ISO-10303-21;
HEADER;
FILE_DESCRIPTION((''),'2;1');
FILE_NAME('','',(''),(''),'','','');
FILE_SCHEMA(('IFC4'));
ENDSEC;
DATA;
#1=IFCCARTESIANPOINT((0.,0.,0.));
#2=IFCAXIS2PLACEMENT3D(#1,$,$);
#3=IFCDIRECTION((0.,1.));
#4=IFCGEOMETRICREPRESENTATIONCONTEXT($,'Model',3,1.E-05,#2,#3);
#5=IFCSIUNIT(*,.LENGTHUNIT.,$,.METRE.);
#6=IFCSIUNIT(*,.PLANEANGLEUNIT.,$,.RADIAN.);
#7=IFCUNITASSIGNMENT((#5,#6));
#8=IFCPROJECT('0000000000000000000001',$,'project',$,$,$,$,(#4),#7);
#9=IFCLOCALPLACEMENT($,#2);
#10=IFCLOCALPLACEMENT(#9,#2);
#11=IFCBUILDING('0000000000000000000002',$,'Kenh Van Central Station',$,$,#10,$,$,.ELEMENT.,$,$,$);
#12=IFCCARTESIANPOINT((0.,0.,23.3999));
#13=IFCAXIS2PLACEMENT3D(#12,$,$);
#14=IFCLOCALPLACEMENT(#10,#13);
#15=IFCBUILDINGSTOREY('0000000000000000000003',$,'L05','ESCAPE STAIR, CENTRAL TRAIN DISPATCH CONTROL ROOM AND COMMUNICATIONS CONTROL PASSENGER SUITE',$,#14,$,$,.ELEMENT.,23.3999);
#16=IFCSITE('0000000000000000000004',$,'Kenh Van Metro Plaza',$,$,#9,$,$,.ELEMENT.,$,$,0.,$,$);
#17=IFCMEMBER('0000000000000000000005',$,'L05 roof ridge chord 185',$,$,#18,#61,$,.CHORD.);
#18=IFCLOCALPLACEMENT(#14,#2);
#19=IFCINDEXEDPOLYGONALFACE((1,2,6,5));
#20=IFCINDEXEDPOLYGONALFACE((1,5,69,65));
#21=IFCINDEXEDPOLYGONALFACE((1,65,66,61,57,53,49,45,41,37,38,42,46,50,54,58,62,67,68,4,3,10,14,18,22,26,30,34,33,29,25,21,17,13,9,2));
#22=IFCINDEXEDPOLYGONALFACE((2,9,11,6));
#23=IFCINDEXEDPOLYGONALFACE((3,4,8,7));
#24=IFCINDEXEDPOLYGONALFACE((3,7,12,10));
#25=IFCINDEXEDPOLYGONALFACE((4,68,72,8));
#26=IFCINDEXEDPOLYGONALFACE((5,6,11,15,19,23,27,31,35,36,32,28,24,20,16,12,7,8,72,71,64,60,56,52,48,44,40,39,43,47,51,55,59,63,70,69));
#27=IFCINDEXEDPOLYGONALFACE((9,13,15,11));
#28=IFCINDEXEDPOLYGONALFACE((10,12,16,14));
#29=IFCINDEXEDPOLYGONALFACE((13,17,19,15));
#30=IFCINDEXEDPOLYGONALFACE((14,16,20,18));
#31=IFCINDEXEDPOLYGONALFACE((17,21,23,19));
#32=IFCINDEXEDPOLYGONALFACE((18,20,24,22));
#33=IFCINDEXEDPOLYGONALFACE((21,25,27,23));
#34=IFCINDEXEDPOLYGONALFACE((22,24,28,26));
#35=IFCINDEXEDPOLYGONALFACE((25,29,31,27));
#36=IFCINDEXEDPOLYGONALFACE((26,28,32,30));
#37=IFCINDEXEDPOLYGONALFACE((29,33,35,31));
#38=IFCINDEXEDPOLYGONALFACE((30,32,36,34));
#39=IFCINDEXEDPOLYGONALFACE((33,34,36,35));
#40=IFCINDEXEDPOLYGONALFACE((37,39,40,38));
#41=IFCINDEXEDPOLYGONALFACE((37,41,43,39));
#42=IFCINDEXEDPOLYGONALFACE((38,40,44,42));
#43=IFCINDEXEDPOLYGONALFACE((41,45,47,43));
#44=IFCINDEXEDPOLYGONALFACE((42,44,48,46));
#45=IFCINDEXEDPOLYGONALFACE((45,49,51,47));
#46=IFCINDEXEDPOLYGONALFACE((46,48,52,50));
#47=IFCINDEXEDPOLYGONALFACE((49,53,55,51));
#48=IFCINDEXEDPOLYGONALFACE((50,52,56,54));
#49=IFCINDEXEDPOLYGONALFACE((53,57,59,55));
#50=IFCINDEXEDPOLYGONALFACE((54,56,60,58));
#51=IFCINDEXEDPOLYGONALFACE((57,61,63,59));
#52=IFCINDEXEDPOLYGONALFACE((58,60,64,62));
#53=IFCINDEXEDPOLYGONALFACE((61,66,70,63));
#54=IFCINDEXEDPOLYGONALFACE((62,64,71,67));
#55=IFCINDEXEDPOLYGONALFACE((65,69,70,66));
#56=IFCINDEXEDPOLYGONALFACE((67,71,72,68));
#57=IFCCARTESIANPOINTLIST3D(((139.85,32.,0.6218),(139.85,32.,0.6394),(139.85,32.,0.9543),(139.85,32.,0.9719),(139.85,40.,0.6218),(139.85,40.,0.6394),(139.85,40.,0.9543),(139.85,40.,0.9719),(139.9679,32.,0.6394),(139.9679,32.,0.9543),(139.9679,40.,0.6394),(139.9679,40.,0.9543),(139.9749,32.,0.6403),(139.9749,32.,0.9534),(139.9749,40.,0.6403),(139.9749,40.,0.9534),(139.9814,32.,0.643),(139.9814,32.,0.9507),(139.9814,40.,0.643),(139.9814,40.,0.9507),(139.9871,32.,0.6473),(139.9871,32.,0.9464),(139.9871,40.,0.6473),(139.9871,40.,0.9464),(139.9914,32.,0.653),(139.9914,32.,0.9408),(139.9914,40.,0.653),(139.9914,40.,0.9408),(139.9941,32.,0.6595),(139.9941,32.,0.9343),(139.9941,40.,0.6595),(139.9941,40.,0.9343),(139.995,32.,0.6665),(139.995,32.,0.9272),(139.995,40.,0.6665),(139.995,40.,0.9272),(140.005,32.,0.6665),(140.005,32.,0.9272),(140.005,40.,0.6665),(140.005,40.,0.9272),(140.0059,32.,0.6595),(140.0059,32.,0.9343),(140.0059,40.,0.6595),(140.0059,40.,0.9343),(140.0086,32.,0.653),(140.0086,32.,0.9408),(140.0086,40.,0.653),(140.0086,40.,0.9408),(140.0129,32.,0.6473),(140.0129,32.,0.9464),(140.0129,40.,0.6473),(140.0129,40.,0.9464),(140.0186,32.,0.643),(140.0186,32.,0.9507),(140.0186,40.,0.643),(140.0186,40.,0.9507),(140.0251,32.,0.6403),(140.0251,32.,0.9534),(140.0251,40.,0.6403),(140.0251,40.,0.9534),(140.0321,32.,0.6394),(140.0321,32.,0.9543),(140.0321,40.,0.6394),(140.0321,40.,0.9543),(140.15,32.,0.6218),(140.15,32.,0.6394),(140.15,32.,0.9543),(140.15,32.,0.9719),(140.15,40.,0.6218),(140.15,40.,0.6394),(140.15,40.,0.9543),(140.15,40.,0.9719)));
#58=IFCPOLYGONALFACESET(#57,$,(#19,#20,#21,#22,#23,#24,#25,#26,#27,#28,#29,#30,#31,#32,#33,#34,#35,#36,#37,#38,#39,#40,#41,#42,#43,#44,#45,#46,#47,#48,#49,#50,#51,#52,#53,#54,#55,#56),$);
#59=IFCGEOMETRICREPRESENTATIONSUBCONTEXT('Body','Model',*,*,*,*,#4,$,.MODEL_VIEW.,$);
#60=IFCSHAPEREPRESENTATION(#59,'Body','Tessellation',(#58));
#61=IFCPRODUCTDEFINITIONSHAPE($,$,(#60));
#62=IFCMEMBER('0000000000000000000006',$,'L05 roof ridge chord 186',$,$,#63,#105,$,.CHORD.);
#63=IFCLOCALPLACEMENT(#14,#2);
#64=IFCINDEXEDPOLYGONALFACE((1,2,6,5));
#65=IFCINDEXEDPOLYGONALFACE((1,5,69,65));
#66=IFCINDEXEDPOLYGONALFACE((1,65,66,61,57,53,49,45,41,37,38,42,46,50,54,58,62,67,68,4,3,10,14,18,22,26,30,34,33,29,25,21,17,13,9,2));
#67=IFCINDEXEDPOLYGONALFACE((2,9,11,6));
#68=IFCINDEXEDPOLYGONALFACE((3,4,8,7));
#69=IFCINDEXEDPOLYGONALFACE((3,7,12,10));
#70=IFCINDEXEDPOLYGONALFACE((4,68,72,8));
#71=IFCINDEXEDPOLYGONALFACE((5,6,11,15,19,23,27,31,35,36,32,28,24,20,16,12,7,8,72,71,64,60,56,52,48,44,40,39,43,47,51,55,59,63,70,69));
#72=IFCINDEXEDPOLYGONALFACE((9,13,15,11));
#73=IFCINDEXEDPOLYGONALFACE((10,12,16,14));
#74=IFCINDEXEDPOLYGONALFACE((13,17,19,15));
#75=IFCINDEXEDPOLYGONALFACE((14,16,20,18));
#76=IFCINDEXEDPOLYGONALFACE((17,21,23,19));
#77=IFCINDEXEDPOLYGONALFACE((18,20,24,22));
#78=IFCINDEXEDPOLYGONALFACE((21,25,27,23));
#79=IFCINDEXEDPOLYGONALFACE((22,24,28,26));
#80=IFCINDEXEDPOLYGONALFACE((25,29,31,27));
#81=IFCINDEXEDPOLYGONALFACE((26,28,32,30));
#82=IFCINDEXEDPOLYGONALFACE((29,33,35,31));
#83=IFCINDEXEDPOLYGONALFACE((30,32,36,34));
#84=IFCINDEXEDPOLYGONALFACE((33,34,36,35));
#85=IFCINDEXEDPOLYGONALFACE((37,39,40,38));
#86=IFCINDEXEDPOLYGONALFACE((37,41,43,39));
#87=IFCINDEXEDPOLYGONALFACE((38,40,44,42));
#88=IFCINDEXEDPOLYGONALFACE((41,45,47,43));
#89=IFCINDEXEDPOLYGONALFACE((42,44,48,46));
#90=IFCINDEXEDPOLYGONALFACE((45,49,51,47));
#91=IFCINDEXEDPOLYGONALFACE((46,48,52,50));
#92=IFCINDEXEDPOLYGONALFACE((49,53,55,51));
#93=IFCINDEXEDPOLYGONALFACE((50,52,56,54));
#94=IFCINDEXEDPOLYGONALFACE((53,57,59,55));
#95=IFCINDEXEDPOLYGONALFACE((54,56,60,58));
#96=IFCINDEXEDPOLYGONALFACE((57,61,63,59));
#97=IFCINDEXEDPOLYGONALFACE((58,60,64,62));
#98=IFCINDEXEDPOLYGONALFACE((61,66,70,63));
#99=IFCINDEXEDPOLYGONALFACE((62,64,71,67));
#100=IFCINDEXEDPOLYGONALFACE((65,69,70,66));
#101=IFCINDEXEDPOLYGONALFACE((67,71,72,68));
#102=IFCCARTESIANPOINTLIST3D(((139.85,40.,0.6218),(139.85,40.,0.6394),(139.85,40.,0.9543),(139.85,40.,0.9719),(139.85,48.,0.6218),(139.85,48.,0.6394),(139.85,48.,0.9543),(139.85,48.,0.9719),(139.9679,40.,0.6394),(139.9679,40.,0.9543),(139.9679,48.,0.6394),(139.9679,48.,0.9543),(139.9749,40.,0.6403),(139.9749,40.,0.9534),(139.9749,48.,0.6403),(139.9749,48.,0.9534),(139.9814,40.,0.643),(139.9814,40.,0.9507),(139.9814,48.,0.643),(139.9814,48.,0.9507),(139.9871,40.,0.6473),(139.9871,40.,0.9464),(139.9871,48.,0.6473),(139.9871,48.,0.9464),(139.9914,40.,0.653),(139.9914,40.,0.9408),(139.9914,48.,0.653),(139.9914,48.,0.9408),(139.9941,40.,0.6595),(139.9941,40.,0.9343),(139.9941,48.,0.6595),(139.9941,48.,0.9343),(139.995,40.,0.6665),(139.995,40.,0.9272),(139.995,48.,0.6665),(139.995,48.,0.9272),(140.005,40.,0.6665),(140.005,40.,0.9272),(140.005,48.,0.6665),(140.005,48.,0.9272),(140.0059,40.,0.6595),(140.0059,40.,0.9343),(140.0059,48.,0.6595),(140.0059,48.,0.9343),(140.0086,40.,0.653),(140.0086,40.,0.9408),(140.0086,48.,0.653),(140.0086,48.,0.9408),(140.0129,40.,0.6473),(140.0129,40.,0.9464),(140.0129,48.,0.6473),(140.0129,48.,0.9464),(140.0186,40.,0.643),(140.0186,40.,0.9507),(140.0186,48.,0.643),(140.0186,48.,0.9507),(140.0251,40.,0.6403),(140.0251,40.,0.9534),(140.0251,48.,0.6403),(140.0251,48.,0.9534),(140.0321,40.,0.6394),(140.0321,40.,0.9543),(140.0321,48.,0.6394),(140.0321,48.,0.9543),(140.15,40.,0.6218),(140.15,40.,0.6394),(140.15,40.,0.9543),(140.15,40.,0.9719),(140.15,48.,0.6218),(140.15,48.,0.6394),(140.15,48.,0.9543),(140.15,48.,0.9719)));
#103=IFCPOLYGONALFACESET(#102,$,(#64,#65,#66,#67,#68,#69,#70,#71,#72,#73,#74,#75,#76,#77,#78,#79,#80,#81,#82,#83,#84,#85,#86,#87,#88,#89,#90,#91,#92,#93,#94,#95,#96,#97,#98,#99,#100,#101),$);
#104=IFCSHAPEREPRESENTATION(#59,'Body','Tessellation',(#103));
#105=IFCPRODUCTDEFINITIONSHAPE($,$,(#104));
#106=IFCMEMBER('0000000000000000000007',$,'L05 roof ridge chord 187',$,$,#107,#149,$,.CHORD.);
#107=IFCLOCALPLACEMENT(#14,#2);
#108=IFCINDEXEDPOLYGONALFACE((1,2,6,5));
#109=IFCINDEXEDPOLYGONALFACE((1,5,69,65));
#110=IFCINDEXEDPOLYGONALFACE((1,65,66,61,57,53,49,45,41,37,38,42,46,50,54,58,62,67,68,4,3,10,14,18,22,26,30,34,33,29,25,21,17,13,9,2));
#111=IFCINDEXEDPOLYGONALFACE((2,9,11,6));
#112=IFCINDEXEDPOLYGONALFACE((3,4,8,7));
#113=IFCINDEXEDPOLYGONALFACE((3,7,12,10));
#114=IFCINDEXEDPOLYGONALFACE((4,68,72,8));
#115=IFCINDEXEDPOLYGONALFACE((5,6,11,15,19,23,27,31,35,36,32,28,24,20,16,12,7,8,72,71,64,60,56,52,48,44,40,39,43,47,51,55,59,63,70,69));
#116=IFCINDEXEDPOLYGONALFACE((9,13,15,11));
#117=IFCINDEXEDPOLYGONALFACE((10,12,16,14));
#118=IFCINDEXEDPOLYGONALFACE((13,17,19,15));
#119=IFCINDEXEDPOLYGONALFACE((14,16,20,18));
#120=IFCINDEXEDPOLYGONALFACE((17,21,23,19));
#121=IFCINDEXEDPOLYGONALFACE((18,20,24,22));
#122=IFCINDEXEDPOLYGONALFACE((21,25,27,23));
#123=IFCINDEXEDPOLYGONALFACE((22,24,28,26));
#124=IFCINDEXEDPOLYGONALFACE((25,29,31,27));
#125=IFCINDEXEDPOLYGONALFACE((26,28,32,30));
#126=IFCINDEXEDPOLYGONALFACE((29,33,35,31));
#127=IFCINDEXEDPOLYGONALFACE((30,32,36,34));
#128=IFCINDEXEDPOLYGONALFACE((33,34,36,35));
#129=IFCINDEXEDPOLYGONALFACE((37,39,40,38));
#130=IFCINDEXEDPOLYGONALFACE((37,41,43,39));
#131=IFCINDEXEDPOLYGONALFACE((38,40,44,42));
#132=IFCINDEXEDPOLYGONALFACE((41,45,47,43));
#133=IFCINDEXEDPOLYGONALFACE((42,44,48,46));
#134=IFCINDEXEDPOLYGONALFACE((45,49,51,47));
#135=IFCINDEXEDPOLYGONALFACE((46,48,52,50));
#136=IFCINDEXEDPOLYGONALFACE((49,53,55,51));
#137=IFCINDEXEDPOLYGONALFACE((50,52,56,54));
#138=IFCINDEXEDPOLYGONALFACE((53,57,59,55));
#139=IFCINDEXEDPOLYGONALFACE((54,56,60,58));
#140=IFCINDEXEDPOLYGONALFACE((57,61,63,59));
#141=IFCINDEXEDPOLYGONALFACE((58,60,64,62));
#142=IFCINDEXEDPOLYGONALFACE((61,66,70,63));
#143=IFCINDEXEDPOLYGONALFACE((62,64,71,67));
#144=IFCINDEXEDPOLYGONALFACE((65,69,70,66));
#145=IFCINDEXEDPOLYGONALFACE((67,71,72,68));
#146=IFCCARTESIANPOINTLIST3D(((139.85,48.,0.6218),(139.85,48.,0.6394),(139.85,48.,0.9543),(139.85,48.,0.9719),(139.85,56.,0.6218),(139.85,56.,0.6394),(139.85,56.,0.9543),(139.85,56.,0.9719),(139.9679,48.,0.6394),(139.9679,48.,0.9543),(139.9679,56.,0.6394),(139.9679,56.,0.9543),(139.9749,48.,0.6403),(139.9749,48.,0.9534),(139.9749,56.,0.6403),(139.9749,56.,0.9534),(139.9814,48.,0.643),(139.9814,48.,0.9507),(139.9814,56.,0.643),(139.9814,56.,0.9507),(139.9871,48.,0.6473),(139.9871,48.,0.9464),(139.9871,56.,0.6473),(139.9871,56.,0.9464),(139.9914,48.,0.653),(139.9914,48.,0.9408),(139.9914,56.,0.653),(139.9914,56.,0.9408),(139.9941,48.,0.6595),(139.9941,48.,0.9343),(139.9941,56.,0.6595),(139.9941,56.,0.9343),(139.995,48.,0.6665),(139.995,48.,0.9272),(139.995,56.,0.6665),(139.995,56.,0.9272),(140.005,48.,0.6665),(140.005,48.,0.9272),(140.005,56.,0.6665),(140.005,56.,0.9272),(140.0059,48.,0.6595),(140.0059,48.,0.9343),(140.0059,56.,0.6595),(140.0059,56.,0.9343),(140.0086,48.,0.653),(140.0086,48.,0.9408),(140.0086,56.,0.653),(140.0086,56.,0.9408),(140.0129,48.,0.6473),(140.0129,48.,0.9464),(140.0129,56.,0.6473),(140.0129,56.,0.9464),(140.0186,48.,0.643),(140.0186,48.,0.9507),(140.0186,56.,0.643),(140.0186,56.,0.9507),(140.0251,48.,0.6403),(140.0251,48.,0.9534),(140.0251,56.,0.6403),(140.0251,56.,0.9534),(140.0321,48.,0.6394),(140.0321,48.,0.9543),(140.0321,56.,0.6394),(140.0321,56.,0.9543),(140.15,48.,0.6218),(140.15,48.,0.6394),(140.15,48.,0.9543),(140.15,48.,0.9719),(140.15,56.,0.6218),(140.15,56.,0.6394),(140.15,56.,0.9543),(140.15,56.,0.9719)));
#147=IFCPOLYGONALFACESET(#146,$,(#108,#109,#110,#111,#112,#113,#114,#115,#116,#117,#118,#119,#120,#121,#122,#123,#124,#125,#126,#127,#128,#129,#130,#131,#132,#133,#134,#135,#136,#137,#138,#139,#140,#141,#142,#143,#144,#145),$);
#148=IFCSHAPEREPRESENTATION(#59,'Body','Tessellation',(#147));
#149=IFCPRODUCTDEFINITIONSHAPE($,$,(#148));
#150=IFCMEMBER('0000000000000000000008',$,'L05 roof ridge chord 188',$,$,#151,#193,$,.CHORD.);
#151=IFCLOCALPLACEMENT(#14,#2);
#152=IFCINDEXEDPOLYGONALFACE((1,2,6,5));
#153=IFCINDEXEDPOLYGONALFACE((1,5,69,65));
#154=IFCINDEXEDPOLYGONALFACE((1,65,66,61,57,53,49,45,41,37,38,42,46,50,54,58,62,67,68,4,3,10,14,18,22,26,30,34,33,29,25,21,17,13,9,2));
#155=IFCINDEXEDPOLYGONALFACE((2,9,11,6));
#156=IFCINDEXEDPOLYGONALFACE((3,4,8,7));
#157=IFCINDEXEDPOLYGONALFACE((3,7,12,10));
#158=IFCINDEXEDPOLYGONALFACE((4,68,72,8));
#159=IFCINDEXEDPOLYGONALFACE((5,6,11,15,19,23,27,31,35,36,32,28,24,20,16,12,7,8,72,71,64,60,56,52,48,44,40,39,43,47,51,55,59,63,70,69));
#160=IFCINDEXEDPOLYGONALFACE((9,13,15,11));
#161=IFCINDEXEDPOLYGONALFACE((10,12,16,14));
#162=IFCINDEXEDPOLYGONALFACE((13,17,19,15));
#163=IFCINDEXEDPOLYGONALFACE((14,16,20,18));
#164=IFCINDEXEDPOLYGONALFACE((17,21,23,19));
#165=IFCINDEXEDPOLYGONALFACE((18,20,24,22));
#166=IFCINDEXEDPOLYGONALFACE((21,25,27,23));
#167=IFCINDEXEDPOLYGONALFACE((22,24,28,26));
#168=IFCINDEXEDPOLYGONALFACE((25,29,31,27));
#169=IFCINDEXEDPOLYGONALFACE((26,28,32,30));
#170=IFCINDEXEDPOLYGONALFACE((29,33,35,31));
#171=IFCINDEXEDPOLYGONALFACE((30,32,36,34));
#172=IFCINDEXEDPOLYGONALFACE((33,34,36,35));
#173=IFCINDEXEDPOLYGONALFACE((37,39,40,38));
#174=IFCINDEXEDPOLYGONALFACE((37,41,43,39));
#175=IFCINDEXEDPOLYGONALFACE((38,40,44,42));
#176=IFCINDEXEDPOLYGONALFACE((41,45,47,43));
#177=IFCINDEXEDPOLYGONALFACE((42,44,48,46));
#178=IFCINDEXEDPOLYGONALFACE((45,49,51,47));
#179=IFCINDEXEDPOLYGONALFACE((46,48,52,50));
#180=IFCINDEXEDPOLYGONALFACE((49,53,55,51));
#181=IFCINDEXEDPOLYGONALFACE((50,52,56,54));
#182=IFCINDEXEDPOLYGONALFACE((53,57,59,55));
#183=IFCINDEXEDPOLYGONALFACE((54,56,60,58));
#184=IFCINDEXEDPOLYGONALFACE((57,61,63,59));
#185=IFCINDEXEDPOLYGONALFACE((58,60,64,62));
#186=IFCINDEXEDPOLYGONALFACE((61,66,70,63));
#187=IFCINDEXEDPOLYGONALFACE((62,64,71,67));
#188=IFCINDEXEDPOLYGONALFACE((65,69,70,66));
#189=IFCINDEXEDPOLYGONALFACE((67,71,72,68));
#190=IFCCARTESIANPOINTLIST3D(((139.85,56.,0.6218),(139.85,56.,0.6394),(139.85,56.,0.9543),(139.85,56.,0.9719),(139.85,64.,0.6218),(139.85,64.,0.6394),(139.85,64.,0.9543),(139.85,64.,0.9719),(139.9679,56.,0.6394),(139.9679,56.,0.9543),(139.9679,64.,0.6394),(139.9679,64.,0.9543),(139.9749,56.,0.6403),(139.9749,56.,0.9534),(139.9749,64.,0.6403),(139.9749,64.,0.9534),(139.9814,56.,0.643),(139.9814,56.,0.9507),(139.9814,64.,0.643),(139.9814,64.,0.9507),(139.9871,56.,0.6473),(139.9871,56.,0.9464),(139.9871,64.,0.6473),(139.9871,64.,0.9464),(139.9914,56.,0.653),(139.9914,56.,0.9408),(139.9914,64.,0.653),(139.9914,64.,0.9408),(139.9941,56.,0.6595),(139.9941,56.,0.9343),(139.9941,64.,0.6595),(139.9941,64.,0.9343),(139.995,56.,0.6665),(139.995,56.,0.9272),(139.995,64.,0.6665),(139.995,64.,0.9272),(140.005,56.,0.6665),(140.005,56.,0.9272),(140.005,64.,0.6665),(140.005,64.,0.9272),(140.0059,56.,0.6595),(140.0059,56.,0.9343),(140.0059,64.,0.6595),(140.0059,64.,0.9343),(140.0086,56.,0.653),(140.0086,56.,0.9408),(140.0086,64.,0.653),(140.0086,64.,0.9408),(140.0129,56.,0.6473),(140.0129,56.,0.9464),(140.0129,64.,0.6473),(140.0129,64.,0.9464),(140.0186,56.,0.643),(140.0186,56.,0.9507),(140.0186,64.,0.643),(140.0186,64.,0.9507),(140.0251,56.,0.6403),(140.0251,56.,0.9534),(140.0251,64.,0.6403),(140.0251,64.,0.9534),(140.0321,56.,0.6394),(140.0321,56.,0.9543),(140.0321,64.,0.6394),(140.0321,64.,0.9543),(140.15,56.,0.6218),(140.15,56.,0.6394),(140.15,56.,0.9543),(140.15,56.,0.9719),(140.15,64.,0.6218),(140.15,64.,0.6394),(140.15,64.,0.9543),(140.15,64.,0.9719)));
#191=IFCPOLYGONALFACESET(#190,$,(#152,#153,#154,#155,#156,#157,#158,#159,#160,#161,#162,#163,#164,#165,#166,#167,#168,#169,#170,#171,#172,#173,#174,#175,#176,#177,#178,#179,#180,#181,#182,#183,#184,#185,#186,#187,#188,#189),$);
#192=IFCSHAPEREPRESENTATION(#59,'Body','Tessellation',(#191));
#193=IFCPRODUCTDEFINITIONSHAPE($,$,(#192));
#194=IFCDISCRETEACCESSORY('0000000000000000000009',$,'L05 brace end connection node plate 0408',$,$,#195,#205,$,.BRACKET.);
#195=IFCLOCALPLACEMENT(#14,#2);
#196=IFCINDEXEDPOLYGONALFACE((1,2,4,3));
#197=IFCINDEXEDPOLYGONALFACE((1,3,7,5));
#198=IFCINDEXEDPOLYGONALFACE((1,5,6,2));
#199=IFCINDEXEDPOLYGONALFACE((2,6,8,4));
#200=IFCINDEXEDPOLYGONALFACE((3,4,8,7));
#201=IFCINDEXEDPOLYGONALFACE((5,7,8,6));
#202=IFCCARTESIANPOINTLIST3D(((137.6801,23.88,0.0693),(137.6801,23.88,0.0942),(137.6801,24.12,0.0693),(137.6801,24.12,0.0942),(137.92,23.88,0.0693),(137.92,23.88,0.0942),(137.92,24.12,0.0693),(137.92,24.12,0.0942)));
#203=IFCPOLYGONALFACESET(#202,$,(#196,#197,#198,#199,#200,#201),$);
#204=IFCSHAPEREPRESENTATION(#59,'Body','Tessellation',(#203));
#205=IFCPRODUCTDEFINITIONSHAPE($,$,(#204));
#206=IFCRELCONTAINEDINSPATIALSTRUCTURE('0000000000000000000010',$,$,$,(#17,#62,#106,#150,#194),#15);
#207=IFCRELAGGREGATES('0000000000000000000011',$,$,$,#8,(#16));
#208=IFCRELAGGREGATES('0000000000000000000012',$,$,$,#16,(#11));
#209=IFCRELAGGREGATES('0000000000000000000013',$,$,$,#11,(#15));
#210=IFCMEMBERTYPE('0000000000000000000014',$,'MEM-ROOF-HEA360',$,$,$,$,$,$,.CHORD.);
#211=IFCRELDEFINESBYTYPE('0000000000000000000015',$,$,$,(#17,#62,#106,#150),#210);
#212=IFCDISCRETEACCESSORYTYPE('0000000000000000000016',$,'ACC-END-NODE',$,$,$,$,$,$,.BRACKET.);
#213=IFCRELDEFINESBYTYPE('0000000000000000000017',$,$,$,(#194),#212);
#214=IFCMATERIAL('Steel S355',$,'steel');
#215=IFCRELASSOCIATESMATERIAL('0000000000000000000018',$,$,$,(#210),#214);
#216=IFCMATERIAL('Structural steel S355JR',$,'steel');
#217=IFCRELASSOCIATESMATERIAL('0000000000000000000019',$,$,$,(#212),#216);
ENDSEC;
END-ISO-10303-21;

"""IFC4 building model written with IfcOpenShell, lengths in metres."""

from ifc_helpers import new_model, si_unit, direction, frame, origin, origin_2d, place, context, subcontext, project, spatial, rectangle, i_section, extrude, material, material_profile, profile_set, type_object, element, save


model = new_model("IFC4")

# Units and contexts
model_context = context("Model", 3, precision=1e-05, world=origin(), true_north=direction((0.0, 1.0)))
body_context = subcontext(model_context, "Body", "Model", "MODEL_VIEW")
ifc_project = project(units=[si_unit("LENGTHUNIT", "METRE"), si_unit("PLANEANGLEUNIT", "RADIAN")], contexts=[model_context])

# Site, building, storey
site_placement = place(None, origin())
site = spatial("IfcSite", under=ifc_project, at=site_placement, Name="Kenh Van Metro Plaza", CompositionType="ELEMENT", RefElevation=0.0)
building_placement = place(site_placement, origin())
building = spatial("IfcBuilding", under=site, at=building_placement, Name="Kenh Van Central Station", CompositionType="ELEMENT")
storey_placement = place(building_placement, frame((0.0, 0.0, 23.3999)))
storey = spatial("IfcBuildingStorey", under=building, at=storey_placement, Name="L05", Description="ESCAPE STAIR, CENTRAL TRAIN DISPATCH CONTROL ROOM AND COMMUNICATIONS CONTROL PASSENGER SUITE", CompositionType="ELEMENT", Elevation=23.3999)

# Shared definitions
ifc_material_1 = material(Name="Steel S355", Category="steel")

# Members
ifc_material_profile_1 = material_profile(ifc_material_1, i_section(OverallWidth=0.3, OverallDepth=0.3501, WebThickness=0.01, FlangeThickness=0.0176, FilletRadius=0.0271, at=origin_2d()), Name="HEA 360")
ifc_profile_set_1 = profile_set([ifc_material_profile_1], Name="Steel S355")
member_type_1 = type_object("IfcMemberType", Name="MEM-ROOF-HEA360", PredefinedType="CHORD", material=ifc_profile_set_1)
for number, where, z_axis, x_axis, name in (
    (1, (140.0, 32.0, 0.7969), (0.0, 1.0, 0.0), (-1.0, 0.0, 0.0), "L05 roof ridge chord 185"),
    (2, (140.0, 40.0, 0.7969), (0.0, 1.0, 0.0), (-1.0, 0.0, 0.0), "L05 roof ridge chord 186"),
    (3, (140.0, 48.0, 0.7969), (0.0, 1.0, 0.0), (-1.0, 0.0, 0.0), "L05 roof ridge chord 187"),
    (4, (140.0, 56.0, 0.7969), (0.0, 1.0, 0.0), (-1.0, 0.0, 0.0), "L05 roof ridge chord 188"),
):
    element("IfcMember", number, at=place(storey_placement, frame(where, z_axis=z_axis, x_axis=x_axis)), inside=storey, type_object=member_type_1, Name=name, PredefinedType="CHORD", context=body_context, shape_type="SweptSolid", body=[
        extrude(i_section(OverallWidth=0.3, OverallDepth=0.3501, WebThickness=0.01, FlangeThickness=0.0176, FilletRadius=0.0271, at=origin_2d()), origin(), (0.0, 0.0, 1.0), 8.0),
    ])

# Discrete accessory
ifc_material_2 = material(Name="Structural steel S355JR", Category="steel")
discrete_accessory_type = type_object("IfcDiscreteAccessoryType", Name="ACC-END-NODE", PredefinedType="BRACKET", material=ifc_material_2)
for number, where, z_axis, x_axis, name in (
    (5, (137.8, 24.0, 0.0693), (0.0, 0.0, 1.0), (1.0, 0.0, 0.0), "L05 brace end connection node plate 0408"),
):
    element("IfcDiscreteAccessory", number, at=place(storey_placement, frame(where, z_axis=z_axis, x_axis=x_axis)), inside=storey, type_object=discrete_accessory_type, Name=name, PredefinedType="BRACKET", context=body_context, shape_type="SweptSolid", body=[
        extrude(rectangle(XDim=0.24, YDim=0.24, at=origin_2d()), origin(), (0.0, 0.0, 1.0), 0.0249),
    ])

save(model, "model.ifc")
